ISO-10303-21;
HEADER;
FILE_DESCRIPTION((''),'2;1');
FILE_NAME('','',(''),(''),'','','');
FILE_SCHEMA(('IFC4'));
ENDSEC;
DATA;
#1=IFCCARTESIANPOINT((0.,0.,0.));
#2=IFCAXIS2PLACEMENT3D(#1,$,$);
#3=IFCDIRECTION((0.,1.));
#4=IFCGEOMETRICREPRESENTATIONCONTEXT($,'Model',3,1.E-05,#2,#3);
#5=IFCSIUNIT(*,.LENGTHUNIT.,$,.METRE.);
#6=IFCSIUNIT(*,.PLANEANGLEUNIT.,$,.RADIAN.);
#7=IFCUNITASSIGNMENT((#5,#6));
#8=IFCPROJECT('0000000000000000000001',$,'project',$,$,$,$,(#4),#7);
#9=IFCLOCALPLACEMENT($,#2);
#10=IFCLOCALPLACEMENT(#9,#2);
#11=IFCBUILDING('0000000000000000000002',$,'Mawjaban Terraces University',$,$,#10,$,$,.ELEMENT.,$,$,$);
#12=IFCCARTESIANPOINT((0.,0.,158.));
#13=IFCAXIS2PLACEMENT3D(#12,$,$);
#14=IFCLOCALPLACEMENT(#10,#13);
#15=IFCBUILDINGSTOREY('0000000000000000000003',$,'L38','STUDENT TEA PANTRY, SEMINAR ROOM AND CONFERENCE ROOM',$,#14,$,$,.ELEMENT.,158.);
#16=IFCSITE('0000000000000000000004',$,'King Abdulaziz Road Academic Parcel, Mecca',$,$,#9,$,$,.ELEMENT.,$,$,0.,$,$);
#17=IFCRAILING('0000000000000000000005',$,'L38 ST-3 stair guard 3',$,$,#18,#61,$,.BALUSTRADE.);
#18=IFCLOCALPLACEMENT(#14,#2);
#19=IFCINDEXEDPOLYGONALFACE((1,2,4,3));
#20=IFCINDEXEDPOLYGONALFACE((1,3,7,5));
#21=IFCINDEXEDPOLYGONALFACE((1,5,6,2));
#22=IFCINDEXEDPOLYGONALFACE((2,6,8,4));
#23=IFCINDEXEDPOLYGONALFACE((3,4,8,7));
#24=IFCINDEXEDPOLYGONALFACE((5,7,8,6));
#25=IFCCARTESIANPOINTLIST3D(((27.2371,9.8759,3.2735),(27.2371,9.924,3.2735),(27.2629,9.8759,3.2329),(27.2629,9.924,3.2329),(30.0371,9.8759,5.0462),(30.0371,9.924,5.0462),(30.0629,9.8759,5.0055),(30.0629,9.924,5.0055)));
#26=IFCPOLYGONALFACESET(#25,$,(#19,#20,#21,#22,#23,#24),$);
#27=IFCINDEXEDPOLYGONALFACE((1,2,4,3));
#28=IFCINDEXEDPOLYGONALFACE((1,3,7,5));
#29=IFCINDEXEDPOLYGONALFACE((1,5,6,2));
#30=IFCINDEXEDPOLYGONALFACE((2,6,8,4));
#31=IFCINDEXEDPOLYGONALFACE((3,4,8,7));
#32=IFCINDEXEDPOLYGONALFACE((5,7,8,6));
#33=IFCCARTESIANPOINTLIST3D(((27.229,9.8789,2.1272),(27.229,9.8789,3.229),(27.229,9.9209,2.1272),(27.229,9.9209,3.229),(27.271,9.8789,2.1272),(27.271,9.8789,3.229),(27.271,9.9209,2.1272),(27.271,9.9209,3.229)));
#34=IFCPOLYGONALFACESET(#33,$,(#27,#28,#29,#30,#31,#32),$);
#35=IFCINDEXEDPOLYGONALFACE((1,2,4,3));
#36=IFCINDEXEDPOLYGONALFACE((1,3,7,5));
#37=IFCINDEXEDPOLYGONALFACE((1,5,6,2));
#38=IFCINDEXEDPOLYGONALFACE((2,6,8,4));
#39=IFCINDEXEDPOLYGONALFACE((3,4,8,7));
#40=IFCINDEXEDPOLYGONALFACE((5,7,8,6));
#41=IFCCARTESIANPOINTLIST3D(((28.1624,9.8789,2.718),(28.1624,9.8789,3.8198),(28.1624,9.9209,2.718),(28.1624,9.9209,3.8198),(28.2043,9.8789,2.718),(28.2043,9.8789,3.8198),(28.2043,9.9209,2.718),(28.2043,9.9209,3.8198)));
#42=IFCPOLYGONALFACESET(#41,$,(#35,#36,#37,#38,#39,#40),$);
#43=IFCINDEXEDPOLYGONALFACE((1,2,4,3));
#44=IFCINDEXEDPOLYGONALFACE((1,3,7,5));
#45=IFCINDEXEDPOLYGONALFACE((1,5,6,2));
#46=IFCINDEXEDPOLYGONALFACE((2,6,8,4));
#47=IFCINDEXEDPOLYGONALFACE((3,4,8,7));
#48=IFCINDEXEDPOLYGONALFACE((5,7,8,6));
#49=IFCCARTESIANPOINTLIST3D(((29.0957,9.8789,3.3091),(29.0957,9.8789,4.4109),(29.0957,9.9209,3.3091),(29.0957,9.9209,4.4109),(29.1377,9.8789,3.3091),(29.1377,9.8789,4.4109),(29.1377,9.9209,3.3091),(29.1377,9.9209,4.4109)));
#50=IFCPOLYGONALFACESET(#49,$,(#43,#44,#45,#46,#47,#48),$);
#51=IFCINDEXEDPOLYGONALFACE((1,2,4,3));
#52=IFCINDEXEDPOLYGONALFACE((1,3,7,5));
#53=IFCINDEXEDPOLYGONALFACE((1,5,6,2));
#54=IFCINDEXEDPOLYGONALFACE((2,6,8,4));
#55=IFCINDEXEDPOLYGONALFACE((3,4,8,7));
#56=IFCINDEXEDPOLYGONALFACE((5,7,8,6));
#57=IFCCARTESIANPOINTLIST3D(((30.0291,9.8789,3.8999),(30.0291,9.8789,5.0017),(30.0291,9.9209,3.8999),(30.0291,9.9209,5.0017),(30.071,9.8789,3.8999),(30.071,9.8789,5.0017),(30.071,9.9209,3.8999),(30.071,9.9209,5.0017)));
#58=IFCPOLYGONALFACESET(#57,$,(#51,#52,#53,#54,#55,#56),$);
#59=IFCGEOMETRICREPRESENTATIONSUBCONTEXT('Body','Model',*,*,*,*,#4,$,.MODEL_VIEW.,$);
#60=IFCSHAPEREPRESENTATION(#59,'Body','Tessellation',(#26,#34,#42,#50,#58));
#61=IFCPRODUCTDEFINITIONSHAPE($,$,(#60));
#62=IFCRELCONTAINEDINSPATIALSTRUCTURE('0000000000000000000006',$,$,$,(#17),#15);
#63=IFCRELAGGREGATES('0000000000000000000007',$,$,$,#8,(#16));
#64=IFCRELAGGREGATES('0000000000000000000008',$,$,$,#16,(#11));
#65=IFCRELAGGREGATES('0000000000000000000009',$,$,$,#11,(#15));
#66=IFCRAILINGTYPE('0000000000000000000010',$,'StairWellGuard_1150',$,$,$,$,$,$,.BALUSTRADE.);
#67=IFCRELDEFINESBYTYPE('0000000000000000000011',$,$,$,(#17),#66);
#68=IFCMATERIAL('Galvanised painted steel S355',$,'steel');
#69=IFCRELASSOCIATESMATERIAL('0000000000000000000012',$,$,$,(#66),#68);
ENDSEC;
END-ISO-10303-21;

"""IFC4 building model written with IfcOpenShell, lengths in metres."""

from ifc_helpers import new_model, si_unit, direction, frame, origin, origin_2d, place, context, subcontext, project, spatial, rectangle, extrude, material, type_object, element, save


model = new_model("IFC4")

# Units and contexts
model_context = context("Model", 3, precision=1e-05, world=origin(), true_north=direction((0.0, 1.0)))
body_context = subcontext(model_context, "Body", "Model", "MODEL_VIEW")
ifc_project = project(units=[si_unit("LENGTHUNIT", "METRE"), si_unit("PLANEANGLEUNIT", "RADIAN")], contexts=[model_context])

# Site, building, storey
site_placement = place(None, origin())
site = spatial("IfcSite", under=ifc_project, at=site_placement, Name="King Abdulaziz Road Academic Parcel, Mecca", CompositionType="ELEMENT", RefElevation=0.0)
building_placement = place(site_placement, origin())
building = spatial("IfcBuilding", under=site, at=building_placement, Name="Mawjaban Terraces University", CompositionType="ELEMENT")
storey_placement = place(building_placement, frame((0.0, 0.0, 158.0)))
storey = spatial("IfcBuildingStorey", under=building, at=storey_placement, Name="L38", Description="STUDENT TEA PANTRY, SEMINAR ROOM AND CONFERENCE ROOM", CompositionType="ELEMENT", Elevation=158.0)

# Railing
ifc_material_1 = material(Name="Galvanised painted steel S355", Category="steel")
railing_type_1 = type_object("IfcRailingType", Name="StairWellGuard_1150", PredefinedType="BALUSTRADE", material=ifc_material_1)
railing_1_placement = place(storey_placement, frame((27.25, 9.8999, 2.1272)))
element("IfcRailing", 1, at=railing_1_placement, inside=storey, type_object=railing_type_1, Name="L38 ST-3 stair guard 3", PredefinedType="BALUSTRADE", context=body_context, shape_type="SweptSolid", body=[
    extrude(rectangle(XDim=0.0481, YDim=0.0481, at=origin_2d()), frame((0.0, 0.0, 1.126), z_axis=(0.844909, 0.0, 0.53491), x_axis=(0.0, 1.0, 0.0)), (0.0, 0.0, 1.0), 3.314),
    extrude(rectangle(XDim=0.042, YDim=0.042, at=origin_2d()), origin(), (0.0, 0.0, 1.0), 1.1018),
    extrude(rectangle(XDim=0.042, YDim=0.042, at=origin_2d()), frame((0.9333, 0.0, 0.5908)), (0.0, 0.0, 1.0), 1.1018),
    extrude(rectangle(XDim=0.042, YDim=0.042, at=origin_2d()), frame((1.8667, 0.0, 1.1819)), (0.0, 0.0, 1.0), 1.1018),
    extrude(rectangle(XDim=0.042, YDim=0.042, at=origin_2d()), frame((2.8, 0.0, 1.7727)), (0.0, 0.0, 1.0), 1.1018),
])

save(model, "model.ifc")
